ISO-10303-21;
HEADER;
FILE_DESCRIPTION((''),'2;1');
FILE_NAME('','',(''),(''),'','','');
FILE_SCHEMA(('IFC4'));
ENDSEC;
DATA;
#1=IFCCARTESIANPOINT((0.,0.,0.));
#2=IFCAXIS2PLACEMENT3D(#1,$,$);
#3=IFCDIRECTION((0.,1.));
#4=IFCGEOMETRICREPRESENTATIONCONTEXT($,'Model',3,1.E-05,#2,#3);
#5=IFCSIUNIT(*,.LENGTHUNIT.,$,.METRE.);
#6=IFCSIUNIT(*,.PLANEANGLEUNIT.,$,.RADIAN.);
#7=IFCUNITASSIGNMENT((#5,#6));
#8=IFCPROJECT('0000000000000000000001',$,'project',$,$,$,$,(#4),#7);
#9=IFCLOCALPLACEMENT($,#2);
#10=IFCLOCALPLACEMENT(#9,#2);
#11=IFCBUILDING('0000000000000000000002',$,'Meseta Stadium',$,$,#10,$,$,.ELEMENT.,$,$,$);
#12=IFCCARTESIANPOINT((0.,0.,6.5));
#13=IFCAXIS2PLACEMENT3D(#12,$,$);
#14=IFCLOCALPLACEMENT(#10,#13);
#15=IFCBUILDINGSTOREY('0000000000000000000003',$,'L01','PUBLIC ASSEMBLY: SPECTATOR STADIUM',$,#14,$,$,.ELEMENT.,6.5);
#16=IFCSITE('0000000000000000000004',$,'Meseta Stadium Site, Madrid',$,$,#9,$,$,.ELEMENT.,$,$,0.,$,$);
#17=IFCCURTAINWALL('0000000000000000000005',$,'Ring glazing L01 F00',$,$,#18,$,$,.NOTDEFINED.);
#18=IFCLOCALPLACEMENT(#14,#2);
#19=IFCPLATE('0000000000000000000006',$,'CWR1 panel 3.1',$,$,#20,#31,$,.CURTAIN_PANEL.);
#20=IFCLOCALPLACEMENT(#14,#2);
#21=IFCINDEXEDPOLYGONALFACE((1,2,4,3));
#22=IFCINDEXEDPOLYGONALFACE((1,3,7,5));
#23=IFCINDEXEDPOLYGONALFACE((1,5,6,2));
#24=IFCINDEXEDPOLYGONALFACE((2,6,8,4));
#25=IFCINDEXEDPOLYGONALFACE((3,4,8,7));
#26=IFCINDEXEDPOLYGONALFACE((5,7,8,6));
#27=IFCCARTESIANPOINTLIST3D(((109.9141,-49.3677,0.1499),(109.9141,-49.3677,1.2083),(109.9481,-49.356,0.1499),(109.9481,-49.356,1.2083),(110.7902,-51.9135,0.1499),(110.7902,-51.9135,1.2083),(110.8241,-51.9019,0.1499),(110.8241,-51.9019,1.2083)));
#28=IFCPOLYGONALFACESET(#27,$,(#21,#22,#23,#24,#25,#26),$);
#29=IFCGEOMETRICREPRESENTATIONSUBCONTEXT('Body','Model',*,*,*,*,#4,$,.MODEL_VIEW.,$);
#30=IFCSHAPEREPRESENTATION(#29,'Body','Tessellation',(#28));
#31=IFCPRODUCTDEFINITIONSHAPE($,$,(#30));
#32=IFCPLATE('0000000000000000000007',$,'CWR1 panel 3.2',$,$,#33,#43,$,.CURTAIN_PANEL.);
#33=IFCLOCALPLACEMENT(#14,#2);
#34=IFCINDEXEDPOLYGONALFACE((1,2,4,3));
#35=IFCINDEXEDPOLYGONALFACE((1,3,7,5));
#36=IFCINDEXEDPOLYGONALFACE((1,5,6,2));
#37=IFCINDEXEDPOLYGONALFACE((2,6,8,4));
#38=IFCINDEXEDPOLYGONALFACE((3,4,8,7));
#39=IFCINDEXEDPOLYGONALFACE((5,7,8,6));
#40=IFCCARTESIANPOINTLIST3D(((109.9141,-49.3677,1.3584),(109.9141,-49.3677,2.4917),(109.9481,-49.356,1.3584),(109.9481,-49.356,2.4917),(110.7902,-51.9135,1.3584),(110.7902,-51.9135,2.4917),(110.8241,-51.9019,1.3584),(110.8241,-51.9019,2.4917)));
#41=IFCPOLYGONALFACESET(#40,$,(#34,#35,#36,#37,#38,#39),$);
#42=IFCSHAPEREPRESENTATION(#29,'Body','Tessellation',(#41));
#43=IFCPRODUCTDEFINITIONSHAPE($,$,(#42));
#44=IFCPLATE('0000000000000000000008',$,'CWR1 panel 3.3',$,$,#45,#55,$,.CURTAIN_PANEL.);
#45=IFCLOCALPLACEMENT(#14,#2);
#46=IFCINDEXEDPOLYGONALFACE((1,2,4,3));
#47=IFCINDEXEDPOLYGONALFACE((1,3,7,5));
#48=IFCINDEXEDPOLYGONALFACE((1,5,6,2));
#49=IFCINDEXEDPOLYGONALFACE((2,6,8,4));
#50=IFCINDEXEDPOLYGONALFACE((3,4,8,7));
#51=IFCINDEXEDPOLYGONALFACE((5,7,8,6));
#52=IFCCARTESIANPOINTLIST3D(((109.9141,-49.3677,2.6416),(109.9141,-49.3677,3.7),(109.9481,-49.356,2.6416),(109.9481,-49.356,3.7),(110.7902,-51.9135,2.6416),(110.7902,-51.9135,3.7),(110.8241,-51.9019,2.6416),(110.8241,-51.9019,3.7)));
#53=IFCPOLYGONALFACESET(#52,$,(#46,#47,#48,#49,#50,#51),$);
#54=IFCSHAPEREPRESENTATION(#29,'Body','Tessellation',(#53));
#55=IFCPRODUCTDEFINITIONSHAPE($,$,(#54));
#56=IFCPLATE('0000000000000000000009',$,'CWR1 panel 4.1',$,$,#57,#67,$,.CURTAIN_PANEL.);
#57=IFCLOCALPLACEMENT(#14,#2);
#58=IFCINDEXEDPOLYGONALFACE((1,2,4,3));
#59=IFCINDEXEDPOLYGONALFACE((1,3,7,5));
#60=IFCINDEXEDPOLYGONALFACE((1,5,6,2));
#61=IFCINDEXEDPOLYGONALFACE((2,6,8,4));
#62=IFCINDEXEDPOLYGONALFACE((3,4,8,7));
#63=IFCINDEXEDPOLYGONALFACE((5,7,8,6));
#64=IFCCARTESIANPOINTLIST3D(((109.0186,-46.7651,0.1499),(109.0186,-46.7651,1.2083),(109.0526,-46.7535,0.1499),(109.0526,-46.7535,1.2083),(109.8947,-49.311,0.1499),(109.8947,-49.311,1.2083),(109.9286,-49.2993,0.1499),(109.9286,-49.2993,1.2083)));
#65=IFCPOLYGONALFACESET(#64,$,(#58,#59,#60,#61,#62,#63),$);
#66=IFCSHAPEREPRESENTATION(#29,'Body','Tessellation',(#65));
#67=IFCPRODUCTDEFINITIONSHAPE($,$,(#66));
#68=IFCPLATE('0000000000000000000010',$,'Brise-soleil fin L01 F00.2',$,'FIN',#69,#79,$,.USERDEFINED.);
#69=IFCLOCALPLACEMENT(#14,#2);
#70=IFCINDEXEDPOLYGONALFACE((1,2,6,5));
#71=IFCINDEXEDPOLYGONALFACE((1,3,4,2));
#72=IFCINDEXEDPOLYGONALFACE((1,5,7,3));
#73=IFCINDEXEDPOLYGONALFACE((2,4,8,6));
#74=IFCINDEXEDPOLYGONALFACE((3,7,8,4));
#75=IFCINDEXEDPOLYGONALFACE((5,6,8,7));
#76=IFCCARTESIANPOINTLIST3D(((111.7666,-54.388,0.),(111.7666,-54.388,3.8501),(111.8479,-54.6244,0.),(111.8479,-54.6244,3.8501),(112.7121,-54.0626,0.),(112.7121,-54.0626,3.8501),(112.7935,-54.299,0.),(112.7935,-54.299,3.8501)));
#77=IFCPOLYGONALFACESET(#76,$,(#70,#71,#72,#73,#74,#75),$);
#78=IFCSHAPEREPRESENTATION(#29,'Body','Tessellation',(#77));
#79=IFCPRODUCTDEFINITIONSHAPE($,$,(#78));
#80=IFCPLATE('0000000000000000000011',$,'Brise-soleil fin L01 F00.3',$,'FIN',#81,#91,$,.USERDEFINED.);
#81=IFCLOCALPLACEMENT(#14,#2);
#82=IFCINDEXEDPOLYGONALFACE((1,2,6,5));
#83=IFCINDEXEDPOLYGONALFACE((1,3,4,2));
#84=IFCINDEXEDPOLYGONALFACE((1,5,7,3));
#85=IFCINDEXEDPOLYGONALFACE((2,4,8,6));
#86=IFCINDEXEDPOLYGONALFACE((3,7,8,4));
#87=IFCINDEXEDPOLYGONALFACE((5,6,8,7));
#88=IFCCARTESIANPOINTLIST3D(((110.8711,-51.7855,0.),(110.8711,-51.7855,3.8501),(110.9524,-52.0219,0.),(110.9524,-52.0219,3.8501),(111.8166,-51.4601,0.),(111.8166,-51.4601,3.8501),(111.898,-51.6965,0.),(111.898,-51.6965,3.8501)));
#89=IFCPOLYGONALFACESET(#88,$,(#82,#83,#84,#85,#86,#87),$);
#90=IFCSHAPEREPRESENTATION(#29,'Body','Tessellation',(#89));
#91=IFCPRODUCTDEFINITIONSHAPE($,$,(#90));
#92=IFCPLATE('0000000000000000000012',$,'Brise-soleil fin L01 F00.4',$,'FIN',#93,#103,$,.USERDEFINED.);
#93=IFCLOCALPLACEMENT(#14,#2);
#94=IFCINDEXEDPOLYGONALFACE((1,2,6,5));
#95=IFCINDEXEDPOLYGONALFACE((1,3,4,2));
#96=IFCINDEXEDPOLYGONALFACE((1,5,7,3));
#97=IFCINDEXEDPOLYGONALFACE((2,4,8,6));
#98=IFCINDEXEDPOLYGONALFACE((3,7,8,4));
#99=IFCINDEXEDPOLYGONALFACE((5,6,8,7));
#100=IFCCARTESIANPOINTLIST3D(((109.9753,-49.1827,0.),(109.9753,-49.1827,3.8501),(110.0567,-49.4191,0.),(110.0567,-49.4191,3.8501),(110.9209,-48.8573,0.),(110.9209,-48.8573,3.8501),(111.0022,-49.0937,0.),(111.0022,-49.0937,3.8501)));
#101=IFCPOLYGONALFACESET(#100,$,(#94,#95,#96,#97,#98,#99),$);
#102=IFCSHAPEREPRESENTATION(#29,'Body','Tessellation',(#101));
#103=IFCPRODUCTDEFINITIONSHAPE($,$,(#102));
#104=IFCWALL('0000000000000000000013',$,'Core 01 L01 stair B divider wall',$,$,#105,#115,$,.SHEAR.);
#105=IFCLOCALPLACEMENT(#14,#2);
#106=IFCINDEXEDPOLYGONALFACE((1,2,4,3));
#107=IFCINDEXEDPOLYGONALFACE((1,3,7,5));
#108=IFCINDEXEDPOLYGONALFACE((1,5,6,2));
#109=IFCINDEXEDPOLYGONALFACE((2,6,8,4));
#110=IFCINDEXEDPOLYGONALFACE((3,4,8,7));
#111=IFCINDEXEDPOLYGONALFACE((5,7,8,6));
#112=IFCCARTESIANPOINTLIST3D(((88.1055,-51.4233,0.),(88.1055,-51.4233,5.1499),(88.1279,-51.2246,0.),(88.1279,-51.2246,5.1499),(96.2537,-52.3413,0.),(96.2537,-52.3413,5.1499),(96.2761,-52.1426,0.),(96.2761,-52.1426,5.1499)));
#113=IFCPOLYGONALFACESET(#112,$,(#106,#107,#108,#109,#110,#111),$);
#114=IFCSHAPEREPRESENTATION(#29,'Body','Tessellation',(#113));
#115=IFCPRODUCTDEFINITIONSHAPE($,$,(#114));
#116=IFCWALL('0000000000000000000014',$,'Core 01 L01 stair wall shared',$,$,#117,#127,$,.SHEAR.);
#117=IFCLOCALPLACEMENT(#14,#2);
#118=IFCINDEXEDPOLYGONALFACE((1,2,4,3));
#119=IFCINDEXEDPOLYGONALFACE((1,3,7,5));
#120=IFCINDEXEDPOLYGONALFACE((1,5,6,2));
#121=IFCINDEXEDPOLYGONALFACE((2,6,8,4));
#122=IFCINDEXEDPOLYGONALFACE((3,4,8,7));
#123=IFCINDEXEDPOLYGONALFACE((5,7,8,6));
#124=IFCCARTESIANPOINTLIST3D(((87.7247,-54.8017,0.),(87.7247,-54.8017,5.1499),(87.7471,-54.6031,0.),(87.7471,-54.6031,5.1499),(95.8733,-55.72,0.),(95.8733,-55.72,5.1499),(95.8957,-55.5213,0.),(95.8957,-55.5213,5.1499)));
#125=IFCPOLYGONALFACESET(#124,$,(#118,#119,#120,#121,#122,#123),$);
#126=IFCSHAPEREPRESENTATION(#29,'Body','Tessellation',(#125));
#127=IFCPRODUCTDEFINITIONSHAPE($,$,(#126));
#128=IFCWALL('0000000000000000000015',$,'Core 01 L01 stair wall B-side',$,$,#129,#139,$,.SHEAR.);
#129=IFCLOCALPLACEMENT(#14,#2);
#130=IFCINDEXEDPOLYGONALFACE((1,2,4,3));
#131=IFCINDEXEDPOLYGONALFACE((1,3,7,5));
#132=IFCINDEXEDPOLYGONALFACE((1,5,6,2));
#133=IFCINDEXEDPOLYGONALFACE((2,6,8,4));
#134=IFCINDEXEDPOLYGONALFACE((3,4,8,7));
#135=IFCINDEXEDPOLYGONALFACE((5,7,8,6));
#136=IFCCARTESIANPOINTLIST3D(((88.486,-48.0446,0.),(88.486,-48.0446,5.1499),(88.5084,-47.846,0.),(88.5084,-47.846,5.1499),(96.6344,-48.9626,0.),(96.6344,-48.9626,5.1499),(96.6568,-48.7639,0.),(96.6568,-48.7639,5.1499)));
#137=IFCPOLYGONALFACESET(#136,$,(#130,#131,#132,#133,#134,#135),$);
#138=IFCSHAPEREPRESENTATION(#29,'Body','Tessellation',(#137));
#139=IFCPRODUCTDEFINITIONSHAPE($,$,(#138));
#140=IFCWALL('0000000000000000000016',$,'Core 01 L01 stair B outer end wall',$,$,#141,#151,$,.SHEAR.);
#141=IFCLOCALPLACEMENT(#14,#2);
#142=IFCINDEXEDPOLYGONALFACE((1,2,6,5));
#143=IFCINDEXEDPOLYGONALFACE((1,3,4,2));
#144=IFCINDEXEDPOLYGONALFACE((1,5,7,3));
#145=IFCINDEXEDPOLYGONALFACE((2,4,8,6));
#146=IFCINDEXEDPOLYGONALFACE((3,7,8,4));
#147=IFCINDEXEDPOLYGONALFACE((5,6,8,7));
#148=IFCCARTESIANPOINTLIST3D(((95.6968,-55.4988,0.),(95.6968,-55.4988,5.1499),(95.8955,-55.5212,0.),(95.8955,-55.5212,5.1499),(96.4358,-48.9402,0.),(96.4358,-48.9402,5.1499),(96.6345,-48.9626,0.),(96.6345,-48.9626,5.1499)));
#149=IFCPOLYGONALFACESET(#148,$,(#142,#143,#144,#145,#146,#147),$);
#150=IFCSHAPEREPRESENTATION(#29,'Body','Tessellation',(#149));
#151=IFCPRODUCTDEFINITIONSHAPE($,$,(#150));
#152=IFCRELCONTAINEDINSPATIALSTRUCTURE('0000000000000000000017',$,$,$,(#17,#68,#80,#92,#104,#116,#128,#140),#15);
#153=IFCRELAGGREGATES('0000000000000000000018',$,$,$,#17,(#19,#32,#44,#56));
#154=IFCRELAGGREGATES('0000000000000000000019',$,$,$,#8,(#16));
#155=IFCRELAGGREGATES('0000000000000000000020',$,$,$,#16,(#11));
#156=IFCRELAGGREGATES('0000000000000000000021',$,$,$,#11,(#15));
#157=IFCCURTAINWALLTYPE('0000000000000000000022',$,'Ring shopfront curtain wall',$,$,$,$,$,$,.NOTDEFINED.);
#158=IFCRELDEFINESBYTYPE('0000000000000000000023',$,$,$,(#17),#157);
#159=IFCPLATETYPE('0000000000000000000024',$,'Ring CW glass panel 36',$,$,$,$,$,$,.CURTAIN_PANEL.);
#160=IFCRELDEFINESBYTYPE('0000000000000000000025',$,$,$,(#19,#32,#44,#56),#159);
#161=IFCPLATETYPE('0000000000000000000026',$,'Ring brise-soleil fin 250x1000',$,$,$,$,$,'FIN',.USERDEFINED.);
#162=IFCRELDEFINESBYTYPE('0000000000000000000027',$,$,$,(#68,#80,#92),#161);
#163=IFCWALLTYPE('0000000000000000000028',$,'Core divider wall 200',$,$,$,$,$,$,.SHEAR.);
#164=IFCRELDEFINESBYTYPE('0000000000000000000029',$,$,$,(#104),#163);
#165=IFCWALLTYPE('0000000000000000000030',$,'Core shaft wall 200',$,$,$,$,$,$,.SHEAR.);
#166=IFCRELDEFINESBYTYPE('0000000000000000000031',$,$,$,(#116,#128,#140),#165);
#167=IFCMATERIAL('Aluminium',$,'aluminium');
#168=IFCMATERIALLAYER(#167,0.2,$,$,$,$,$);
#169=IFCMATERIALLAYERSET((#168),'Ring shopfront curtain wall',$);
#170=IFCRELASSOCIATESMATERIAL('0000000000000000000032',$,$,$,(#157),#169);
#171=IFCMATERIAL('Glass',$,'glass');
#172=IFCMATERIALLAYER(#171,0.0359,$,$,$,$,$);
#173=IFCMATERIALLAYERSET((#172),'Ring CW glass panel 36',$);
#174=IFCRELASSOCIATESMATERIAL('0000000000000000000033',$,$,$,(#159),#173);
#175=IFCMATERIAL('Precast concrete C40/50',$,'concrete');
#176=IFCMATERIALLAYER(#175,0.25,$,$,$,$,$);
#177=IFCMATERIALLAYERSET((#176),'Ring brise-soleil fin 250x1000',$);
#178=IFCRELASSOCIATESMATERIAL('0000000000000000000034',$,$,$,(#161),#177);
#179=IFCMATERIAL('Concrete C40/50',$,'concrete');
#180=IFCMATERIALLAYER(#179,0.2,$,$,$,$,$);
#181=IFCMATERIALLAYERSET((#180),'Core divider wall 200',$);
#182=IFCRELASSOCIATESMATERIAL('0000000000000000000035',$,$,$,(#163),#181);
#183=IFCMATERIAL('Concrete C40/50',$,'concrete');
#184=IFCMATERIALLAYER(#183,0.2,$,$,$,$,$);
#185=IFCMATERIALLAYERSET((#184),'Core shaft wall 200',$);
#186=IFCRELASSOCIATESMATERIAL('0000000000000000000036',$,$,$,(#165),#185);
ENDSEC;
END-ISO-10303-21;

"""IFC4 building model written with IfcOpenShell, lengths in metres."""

from ifc_helpers import new_model, si_unit, direction, frame, frame_2d, origin, origin_2d, place, context, subcontext, project, spatial, rectangle, extrude, material, layer, layer_set, type_object, element, aggregate, save


model = new_model("IFC4")

# Units and contexts
model_context = context("Model", 3, precision=1e-05, world=origin(), true_north=direction((0.0, 1.0)))
body_context = subcontext(model_context, "Body", "Model", "MODEL_VIEW")
ifc_project = project(units=[si_unit("LENGTHUNIT", "METRE"), si_unit("PLANEANGLEUNIT", "RADIAN")], contexts=[model_context])

# Site, building, storey
site_placement = place(None, origin())
site = spatial("IfcSite", under=ifc_project, at=site_placement, Name="Meseta Stadium Site, Madrid", CompositionType="ELEMENT", RefElevation=0.0)
building_placement = place(site_placement, origin())
building = spatial("IfcBuilding", under=site, at=building_placement, Name="Meseta Stadium", CompositionType="ELEMENT")
storey_placement = place(building_placement, frame((0.0, 0.0, 6.5)))
storey = spatial("IfcBuildingStorey", under=building, at=storey_placement, Name="L01", Description="PUBLIC ASSEMBLY: SPECTATOR STADIUM", CompositionType="ELEMENT", Elevation=6.5)

# Curtain wall, plates
ifc_material_1 = material(Name="Aluminium", Category="aluminium")
ifc_layer_1 = layer(ifc_material_1, 0.2)
ifc_layer_set_1 = layer_set([ifc_layer_1], Name="Ring shopfront curtain wall")
curtain_wall_type = type_object("IfcCurtainWallType", Name="Ring shopfront curtain wall", PredefinedType="NOTDEFINED", material=ifc_layer_set_1)
curtain_wall_placement = place(storey_placement, origin())
curtain_wall = element("IfcCurtainWall", 1, at=curtain_wall_placement, inside=storey, type_object=curtain_wall_type, Name="Ring glazing L01 F00", PredefinedType="NOTDEFINED")
ifc_material_2 = material(Name="Glass", Category="glass")
ifc_layer_2 = layer(ifc_material_2, 0.0359)
ifc_layer_set_2 = layer_set([ifc_layer_2], Name="Ring CW glass panel 36")
plate_type_1 = type_object("IfcPlateType", Name="Ring CW glass panel 36", PredefinedType="CURTAIN_PANEL", material=ifc_layer_set_2)
plate_1_placement = place(storey_placement, frame((110.3691, -50.6348, 0.1499), z_axis=(0.0, 0.0, 1.0), x_axis=(-0.325386, 0.945581, 0.0)))
plate_1 = element("IfcPlate", 2, at=plate_1_placement, type_object=plate_type_1, Name="CWR1 panel 3.1", PredefinedType="CURTAIN_PANEL", context=body_context, shape_type="SweptSolid", body=[
    extrude(rectangle(XDim=2.6924, YDim=0.0359, at=origin_2d()), origin(), (0.0, 0.0, 1.0), 1.0583),
])
plate_2_placement = place(storey_placement, frame((110.3691, -50.6348, 1.3584), z_axis=(0.0, 0.0, 1.0), x_axis=(-0.325386, 0.945581, 0.0)))
plate_2 = element("IfcPlate", 3, at=plate_2_placement, type_object=plate_type_1, Name="CWR1 panel 3.2", PredefinedType="CURTAIN_PANEL", context=body_context, shape_type="SweptSolid", body=[
    extrude(rectangle(XDim=2.6924, YDim=0.0359, at=origin_2d()), origin(), (0.0, 0.0, 1.0), 1.1333),
])
plate_3_placement = place(storey_placement, frame((110.3691, -50.6348, 2.6416), z_axis=(0.0, 0.0, 1.0), x_axis=(-0.325386, 0.945581, 0.0)))
plate_3 = element("IfcPlate", 4, at=plate_3_placement, type_object=plate_type_1, Name="CWR1 panel 3.3", PredefinedType="CURTAIN_PANEL", context=body_context, shape_type="SweptSolid", body=[
    extrude(rectangle(XDim=2.6924, YDim=0.0359, at=origin_2d()), origin(), (0.0, 0.0, 1.0), 1.0583),
])
plate_4_placement = place(storey_placement, frame((109.4736, -48.0322, 0.1499), z_axis=(0.0, 0.0, 1.0), x_axis=(-0.325386, 0.945581, 0.0)))
plate_4 = element("IfcPlate", 5, at=plate_4_placement, type_object=plate_type_1, Name="CWR1 panel 4.1", PredefinedType="CURTAIN_PANEL", context=body_context, shape_type="SweptSolid", body=[
    extrude(rectangle(XDim=2.6924, YDim=0.0359, at=origin_2d()), origin(), (0.0, 0.0, 1.0), 1.0583),
])
aggregate(curtain_wall, [plate_1, plate_2, plate_3, plate_4])

# Plates
ifc_material_3 = material(Name="Precast concrete C40/50", Category="concrete")
ifc_layer_3 = layer(ifc_material_3, 0.25)
ifc_layer_set_3 = layer_set([ifc_layer_3], Name="Ring brise-soleil fin 250x1000")
plate_type_2 = type_object("IfcPlateType", Name="Ring brise-soleil fin 250x1000", ElementType="FIN", PredefinedType="USERDEFINED", material=ifc_layer_set_3)
for number, where, z_axis, x_axis, name in (
    (6, (112.28, -54.3435, 0.0), (0.0, 0.0, 1.0), (-0.325393, 0.945579, 0.0), "Brise-soleil fin L01 F00.2"),
    (7, (111.3845, -51.741, 0.0), (0.0, 0.0, 1.0), (-0.325393, 0.945579, 0.0), "Brise-soleil fin L01 F00.3"),
    (8, (110.4888, -49.1382, 0.0), (0.0, 0.0, 1.0), (-0.325393, 0.945579, 0.0), "Brise-soleil fin L01 F00.4"),
):
    element("IfcPlate", number, at=place(storey_placement, frame(where, z_axis=z_axis, x_axis=x_axis)), inside=storey, type_object=plate_type_2, Name=name, ObjectType="FIN", PredefinedType="USERDEFINED", context=body_context, shape_type="SweptSolid", body=[
        extrude(rectangle(XDim=0.25, YDim=1.0, at=origin_2d()), origin(), (0.0, 0.0, 1.0), 3.8501),
    ])

# Walls
ifc_material_4 = material(Name="Concrete C40/50", Category="concrete")
ifc_layer_4 = layer(ifc_material_4, 0.2)
ifc_layer_set_4 = layer_set([ifc_layer_4], Name="Core divider wall 200")
wall_type_1 = type_object("IfcWallType", Name="Core divider wall 200", PredefinedType="SHEAR", material=ifc_layer_set_4)
wall_1_placement = place(storey_placement, frame((96.2649, -52.2419, 0.0), z_axis=(0.0, 0.0, 1.0), x_axis=(-0.993714, 0.111951, 0.0)))
element("IfcWall", 9, at=wall_1_placement, inside=storey, type_object=wall_type_1, Name="Core 01 L01 stair B divider wall", PredefinedType="SHEAR", context=body_context, shape_type="SweptSolid", body=[
    extrude(rectangle(XDim=8.1997, YDim=0.2, at=frame_2d((4.0999, 0.0))), origin(), (0.0, 0.0, 1.0), 5.1499),
])
ifc_material_5 = material(Name="Concrete C40/50", Category="concrete")
ifc_layer_5 = layer(ifc_material_5, 0.2)
ifc_layer_set_5 = layer_set([ifc_layer_5], Name="Core shaft wall 200")
wall_type_2 = type_object("IfcWallType", Name="Core shaft wall 200", PredefinedType="SHEAR", material=ifc_layer_set_5)
wall_2_placement = place(storey_placement, frame((95.8845, -55.6206, 0.0), z_axis=(0.0, 0.0, 1.0), x_axis=(-0.993711, 0.111974, 0.0)))
element("IfcWall", 10, at=wall_2_placement, inside=storey, type_object=wall_type_2, Name="Core 01 L01 stair wall shared", PredefinedType="SHEAR", context=body_context, shape_type="SweptSolid", body=[
    extrude(rectangle(XDim=8.2002, YDim=0.2, at=frame_2d((4.1001, 0.0))), origin(), (0.0, 0.0, 1.0), 5.1499),
])
wall_3_placement = place(storey_placement, frame((96.6458, -48.8633, 0.0), z_axis=(0.0, 0.0, 1.0), x_axis=(-0.993714, 0.111948, 0.0)))
element("IfcWall", 11, at=wall_3_placement, inside=storey, type_object=wall_type_2, Name="Core 01 L01 stair wall B-side", PredefinedType="SHEAR", context=body_context, shape_type="SweptSolid", body=[
    extrude(rectangle(XDim=8.2, YDim=0.2, at=frame_2d((4.1001, 0.0))), origin(), (0.0, 0.0, 1.0), 5.1499),
])
wall_4_placement = place(storey_placement, frame((95.7961, -55.51, 0.0), z_axis=(0.0, 0.0, 1.0), x_axis=(0.11197, 0.993712, 0.0)))
element("IfcWall", 12, at=wall_4_placement, inside=storey, type_object=wall_type_2, Name="Core 01 L01 stair B outer end wall", PredefinedType="SHEAR", context=body_context, shape_type="SweptSolid", body=[
    extrude(rectangle(XDim=6.6001, YDim=0.2, at=frame_2d((3.3, 0.0))), origin(), (0.0, 0.0, 1.0), 5.1499),
])

save(model, "model.ifc")
